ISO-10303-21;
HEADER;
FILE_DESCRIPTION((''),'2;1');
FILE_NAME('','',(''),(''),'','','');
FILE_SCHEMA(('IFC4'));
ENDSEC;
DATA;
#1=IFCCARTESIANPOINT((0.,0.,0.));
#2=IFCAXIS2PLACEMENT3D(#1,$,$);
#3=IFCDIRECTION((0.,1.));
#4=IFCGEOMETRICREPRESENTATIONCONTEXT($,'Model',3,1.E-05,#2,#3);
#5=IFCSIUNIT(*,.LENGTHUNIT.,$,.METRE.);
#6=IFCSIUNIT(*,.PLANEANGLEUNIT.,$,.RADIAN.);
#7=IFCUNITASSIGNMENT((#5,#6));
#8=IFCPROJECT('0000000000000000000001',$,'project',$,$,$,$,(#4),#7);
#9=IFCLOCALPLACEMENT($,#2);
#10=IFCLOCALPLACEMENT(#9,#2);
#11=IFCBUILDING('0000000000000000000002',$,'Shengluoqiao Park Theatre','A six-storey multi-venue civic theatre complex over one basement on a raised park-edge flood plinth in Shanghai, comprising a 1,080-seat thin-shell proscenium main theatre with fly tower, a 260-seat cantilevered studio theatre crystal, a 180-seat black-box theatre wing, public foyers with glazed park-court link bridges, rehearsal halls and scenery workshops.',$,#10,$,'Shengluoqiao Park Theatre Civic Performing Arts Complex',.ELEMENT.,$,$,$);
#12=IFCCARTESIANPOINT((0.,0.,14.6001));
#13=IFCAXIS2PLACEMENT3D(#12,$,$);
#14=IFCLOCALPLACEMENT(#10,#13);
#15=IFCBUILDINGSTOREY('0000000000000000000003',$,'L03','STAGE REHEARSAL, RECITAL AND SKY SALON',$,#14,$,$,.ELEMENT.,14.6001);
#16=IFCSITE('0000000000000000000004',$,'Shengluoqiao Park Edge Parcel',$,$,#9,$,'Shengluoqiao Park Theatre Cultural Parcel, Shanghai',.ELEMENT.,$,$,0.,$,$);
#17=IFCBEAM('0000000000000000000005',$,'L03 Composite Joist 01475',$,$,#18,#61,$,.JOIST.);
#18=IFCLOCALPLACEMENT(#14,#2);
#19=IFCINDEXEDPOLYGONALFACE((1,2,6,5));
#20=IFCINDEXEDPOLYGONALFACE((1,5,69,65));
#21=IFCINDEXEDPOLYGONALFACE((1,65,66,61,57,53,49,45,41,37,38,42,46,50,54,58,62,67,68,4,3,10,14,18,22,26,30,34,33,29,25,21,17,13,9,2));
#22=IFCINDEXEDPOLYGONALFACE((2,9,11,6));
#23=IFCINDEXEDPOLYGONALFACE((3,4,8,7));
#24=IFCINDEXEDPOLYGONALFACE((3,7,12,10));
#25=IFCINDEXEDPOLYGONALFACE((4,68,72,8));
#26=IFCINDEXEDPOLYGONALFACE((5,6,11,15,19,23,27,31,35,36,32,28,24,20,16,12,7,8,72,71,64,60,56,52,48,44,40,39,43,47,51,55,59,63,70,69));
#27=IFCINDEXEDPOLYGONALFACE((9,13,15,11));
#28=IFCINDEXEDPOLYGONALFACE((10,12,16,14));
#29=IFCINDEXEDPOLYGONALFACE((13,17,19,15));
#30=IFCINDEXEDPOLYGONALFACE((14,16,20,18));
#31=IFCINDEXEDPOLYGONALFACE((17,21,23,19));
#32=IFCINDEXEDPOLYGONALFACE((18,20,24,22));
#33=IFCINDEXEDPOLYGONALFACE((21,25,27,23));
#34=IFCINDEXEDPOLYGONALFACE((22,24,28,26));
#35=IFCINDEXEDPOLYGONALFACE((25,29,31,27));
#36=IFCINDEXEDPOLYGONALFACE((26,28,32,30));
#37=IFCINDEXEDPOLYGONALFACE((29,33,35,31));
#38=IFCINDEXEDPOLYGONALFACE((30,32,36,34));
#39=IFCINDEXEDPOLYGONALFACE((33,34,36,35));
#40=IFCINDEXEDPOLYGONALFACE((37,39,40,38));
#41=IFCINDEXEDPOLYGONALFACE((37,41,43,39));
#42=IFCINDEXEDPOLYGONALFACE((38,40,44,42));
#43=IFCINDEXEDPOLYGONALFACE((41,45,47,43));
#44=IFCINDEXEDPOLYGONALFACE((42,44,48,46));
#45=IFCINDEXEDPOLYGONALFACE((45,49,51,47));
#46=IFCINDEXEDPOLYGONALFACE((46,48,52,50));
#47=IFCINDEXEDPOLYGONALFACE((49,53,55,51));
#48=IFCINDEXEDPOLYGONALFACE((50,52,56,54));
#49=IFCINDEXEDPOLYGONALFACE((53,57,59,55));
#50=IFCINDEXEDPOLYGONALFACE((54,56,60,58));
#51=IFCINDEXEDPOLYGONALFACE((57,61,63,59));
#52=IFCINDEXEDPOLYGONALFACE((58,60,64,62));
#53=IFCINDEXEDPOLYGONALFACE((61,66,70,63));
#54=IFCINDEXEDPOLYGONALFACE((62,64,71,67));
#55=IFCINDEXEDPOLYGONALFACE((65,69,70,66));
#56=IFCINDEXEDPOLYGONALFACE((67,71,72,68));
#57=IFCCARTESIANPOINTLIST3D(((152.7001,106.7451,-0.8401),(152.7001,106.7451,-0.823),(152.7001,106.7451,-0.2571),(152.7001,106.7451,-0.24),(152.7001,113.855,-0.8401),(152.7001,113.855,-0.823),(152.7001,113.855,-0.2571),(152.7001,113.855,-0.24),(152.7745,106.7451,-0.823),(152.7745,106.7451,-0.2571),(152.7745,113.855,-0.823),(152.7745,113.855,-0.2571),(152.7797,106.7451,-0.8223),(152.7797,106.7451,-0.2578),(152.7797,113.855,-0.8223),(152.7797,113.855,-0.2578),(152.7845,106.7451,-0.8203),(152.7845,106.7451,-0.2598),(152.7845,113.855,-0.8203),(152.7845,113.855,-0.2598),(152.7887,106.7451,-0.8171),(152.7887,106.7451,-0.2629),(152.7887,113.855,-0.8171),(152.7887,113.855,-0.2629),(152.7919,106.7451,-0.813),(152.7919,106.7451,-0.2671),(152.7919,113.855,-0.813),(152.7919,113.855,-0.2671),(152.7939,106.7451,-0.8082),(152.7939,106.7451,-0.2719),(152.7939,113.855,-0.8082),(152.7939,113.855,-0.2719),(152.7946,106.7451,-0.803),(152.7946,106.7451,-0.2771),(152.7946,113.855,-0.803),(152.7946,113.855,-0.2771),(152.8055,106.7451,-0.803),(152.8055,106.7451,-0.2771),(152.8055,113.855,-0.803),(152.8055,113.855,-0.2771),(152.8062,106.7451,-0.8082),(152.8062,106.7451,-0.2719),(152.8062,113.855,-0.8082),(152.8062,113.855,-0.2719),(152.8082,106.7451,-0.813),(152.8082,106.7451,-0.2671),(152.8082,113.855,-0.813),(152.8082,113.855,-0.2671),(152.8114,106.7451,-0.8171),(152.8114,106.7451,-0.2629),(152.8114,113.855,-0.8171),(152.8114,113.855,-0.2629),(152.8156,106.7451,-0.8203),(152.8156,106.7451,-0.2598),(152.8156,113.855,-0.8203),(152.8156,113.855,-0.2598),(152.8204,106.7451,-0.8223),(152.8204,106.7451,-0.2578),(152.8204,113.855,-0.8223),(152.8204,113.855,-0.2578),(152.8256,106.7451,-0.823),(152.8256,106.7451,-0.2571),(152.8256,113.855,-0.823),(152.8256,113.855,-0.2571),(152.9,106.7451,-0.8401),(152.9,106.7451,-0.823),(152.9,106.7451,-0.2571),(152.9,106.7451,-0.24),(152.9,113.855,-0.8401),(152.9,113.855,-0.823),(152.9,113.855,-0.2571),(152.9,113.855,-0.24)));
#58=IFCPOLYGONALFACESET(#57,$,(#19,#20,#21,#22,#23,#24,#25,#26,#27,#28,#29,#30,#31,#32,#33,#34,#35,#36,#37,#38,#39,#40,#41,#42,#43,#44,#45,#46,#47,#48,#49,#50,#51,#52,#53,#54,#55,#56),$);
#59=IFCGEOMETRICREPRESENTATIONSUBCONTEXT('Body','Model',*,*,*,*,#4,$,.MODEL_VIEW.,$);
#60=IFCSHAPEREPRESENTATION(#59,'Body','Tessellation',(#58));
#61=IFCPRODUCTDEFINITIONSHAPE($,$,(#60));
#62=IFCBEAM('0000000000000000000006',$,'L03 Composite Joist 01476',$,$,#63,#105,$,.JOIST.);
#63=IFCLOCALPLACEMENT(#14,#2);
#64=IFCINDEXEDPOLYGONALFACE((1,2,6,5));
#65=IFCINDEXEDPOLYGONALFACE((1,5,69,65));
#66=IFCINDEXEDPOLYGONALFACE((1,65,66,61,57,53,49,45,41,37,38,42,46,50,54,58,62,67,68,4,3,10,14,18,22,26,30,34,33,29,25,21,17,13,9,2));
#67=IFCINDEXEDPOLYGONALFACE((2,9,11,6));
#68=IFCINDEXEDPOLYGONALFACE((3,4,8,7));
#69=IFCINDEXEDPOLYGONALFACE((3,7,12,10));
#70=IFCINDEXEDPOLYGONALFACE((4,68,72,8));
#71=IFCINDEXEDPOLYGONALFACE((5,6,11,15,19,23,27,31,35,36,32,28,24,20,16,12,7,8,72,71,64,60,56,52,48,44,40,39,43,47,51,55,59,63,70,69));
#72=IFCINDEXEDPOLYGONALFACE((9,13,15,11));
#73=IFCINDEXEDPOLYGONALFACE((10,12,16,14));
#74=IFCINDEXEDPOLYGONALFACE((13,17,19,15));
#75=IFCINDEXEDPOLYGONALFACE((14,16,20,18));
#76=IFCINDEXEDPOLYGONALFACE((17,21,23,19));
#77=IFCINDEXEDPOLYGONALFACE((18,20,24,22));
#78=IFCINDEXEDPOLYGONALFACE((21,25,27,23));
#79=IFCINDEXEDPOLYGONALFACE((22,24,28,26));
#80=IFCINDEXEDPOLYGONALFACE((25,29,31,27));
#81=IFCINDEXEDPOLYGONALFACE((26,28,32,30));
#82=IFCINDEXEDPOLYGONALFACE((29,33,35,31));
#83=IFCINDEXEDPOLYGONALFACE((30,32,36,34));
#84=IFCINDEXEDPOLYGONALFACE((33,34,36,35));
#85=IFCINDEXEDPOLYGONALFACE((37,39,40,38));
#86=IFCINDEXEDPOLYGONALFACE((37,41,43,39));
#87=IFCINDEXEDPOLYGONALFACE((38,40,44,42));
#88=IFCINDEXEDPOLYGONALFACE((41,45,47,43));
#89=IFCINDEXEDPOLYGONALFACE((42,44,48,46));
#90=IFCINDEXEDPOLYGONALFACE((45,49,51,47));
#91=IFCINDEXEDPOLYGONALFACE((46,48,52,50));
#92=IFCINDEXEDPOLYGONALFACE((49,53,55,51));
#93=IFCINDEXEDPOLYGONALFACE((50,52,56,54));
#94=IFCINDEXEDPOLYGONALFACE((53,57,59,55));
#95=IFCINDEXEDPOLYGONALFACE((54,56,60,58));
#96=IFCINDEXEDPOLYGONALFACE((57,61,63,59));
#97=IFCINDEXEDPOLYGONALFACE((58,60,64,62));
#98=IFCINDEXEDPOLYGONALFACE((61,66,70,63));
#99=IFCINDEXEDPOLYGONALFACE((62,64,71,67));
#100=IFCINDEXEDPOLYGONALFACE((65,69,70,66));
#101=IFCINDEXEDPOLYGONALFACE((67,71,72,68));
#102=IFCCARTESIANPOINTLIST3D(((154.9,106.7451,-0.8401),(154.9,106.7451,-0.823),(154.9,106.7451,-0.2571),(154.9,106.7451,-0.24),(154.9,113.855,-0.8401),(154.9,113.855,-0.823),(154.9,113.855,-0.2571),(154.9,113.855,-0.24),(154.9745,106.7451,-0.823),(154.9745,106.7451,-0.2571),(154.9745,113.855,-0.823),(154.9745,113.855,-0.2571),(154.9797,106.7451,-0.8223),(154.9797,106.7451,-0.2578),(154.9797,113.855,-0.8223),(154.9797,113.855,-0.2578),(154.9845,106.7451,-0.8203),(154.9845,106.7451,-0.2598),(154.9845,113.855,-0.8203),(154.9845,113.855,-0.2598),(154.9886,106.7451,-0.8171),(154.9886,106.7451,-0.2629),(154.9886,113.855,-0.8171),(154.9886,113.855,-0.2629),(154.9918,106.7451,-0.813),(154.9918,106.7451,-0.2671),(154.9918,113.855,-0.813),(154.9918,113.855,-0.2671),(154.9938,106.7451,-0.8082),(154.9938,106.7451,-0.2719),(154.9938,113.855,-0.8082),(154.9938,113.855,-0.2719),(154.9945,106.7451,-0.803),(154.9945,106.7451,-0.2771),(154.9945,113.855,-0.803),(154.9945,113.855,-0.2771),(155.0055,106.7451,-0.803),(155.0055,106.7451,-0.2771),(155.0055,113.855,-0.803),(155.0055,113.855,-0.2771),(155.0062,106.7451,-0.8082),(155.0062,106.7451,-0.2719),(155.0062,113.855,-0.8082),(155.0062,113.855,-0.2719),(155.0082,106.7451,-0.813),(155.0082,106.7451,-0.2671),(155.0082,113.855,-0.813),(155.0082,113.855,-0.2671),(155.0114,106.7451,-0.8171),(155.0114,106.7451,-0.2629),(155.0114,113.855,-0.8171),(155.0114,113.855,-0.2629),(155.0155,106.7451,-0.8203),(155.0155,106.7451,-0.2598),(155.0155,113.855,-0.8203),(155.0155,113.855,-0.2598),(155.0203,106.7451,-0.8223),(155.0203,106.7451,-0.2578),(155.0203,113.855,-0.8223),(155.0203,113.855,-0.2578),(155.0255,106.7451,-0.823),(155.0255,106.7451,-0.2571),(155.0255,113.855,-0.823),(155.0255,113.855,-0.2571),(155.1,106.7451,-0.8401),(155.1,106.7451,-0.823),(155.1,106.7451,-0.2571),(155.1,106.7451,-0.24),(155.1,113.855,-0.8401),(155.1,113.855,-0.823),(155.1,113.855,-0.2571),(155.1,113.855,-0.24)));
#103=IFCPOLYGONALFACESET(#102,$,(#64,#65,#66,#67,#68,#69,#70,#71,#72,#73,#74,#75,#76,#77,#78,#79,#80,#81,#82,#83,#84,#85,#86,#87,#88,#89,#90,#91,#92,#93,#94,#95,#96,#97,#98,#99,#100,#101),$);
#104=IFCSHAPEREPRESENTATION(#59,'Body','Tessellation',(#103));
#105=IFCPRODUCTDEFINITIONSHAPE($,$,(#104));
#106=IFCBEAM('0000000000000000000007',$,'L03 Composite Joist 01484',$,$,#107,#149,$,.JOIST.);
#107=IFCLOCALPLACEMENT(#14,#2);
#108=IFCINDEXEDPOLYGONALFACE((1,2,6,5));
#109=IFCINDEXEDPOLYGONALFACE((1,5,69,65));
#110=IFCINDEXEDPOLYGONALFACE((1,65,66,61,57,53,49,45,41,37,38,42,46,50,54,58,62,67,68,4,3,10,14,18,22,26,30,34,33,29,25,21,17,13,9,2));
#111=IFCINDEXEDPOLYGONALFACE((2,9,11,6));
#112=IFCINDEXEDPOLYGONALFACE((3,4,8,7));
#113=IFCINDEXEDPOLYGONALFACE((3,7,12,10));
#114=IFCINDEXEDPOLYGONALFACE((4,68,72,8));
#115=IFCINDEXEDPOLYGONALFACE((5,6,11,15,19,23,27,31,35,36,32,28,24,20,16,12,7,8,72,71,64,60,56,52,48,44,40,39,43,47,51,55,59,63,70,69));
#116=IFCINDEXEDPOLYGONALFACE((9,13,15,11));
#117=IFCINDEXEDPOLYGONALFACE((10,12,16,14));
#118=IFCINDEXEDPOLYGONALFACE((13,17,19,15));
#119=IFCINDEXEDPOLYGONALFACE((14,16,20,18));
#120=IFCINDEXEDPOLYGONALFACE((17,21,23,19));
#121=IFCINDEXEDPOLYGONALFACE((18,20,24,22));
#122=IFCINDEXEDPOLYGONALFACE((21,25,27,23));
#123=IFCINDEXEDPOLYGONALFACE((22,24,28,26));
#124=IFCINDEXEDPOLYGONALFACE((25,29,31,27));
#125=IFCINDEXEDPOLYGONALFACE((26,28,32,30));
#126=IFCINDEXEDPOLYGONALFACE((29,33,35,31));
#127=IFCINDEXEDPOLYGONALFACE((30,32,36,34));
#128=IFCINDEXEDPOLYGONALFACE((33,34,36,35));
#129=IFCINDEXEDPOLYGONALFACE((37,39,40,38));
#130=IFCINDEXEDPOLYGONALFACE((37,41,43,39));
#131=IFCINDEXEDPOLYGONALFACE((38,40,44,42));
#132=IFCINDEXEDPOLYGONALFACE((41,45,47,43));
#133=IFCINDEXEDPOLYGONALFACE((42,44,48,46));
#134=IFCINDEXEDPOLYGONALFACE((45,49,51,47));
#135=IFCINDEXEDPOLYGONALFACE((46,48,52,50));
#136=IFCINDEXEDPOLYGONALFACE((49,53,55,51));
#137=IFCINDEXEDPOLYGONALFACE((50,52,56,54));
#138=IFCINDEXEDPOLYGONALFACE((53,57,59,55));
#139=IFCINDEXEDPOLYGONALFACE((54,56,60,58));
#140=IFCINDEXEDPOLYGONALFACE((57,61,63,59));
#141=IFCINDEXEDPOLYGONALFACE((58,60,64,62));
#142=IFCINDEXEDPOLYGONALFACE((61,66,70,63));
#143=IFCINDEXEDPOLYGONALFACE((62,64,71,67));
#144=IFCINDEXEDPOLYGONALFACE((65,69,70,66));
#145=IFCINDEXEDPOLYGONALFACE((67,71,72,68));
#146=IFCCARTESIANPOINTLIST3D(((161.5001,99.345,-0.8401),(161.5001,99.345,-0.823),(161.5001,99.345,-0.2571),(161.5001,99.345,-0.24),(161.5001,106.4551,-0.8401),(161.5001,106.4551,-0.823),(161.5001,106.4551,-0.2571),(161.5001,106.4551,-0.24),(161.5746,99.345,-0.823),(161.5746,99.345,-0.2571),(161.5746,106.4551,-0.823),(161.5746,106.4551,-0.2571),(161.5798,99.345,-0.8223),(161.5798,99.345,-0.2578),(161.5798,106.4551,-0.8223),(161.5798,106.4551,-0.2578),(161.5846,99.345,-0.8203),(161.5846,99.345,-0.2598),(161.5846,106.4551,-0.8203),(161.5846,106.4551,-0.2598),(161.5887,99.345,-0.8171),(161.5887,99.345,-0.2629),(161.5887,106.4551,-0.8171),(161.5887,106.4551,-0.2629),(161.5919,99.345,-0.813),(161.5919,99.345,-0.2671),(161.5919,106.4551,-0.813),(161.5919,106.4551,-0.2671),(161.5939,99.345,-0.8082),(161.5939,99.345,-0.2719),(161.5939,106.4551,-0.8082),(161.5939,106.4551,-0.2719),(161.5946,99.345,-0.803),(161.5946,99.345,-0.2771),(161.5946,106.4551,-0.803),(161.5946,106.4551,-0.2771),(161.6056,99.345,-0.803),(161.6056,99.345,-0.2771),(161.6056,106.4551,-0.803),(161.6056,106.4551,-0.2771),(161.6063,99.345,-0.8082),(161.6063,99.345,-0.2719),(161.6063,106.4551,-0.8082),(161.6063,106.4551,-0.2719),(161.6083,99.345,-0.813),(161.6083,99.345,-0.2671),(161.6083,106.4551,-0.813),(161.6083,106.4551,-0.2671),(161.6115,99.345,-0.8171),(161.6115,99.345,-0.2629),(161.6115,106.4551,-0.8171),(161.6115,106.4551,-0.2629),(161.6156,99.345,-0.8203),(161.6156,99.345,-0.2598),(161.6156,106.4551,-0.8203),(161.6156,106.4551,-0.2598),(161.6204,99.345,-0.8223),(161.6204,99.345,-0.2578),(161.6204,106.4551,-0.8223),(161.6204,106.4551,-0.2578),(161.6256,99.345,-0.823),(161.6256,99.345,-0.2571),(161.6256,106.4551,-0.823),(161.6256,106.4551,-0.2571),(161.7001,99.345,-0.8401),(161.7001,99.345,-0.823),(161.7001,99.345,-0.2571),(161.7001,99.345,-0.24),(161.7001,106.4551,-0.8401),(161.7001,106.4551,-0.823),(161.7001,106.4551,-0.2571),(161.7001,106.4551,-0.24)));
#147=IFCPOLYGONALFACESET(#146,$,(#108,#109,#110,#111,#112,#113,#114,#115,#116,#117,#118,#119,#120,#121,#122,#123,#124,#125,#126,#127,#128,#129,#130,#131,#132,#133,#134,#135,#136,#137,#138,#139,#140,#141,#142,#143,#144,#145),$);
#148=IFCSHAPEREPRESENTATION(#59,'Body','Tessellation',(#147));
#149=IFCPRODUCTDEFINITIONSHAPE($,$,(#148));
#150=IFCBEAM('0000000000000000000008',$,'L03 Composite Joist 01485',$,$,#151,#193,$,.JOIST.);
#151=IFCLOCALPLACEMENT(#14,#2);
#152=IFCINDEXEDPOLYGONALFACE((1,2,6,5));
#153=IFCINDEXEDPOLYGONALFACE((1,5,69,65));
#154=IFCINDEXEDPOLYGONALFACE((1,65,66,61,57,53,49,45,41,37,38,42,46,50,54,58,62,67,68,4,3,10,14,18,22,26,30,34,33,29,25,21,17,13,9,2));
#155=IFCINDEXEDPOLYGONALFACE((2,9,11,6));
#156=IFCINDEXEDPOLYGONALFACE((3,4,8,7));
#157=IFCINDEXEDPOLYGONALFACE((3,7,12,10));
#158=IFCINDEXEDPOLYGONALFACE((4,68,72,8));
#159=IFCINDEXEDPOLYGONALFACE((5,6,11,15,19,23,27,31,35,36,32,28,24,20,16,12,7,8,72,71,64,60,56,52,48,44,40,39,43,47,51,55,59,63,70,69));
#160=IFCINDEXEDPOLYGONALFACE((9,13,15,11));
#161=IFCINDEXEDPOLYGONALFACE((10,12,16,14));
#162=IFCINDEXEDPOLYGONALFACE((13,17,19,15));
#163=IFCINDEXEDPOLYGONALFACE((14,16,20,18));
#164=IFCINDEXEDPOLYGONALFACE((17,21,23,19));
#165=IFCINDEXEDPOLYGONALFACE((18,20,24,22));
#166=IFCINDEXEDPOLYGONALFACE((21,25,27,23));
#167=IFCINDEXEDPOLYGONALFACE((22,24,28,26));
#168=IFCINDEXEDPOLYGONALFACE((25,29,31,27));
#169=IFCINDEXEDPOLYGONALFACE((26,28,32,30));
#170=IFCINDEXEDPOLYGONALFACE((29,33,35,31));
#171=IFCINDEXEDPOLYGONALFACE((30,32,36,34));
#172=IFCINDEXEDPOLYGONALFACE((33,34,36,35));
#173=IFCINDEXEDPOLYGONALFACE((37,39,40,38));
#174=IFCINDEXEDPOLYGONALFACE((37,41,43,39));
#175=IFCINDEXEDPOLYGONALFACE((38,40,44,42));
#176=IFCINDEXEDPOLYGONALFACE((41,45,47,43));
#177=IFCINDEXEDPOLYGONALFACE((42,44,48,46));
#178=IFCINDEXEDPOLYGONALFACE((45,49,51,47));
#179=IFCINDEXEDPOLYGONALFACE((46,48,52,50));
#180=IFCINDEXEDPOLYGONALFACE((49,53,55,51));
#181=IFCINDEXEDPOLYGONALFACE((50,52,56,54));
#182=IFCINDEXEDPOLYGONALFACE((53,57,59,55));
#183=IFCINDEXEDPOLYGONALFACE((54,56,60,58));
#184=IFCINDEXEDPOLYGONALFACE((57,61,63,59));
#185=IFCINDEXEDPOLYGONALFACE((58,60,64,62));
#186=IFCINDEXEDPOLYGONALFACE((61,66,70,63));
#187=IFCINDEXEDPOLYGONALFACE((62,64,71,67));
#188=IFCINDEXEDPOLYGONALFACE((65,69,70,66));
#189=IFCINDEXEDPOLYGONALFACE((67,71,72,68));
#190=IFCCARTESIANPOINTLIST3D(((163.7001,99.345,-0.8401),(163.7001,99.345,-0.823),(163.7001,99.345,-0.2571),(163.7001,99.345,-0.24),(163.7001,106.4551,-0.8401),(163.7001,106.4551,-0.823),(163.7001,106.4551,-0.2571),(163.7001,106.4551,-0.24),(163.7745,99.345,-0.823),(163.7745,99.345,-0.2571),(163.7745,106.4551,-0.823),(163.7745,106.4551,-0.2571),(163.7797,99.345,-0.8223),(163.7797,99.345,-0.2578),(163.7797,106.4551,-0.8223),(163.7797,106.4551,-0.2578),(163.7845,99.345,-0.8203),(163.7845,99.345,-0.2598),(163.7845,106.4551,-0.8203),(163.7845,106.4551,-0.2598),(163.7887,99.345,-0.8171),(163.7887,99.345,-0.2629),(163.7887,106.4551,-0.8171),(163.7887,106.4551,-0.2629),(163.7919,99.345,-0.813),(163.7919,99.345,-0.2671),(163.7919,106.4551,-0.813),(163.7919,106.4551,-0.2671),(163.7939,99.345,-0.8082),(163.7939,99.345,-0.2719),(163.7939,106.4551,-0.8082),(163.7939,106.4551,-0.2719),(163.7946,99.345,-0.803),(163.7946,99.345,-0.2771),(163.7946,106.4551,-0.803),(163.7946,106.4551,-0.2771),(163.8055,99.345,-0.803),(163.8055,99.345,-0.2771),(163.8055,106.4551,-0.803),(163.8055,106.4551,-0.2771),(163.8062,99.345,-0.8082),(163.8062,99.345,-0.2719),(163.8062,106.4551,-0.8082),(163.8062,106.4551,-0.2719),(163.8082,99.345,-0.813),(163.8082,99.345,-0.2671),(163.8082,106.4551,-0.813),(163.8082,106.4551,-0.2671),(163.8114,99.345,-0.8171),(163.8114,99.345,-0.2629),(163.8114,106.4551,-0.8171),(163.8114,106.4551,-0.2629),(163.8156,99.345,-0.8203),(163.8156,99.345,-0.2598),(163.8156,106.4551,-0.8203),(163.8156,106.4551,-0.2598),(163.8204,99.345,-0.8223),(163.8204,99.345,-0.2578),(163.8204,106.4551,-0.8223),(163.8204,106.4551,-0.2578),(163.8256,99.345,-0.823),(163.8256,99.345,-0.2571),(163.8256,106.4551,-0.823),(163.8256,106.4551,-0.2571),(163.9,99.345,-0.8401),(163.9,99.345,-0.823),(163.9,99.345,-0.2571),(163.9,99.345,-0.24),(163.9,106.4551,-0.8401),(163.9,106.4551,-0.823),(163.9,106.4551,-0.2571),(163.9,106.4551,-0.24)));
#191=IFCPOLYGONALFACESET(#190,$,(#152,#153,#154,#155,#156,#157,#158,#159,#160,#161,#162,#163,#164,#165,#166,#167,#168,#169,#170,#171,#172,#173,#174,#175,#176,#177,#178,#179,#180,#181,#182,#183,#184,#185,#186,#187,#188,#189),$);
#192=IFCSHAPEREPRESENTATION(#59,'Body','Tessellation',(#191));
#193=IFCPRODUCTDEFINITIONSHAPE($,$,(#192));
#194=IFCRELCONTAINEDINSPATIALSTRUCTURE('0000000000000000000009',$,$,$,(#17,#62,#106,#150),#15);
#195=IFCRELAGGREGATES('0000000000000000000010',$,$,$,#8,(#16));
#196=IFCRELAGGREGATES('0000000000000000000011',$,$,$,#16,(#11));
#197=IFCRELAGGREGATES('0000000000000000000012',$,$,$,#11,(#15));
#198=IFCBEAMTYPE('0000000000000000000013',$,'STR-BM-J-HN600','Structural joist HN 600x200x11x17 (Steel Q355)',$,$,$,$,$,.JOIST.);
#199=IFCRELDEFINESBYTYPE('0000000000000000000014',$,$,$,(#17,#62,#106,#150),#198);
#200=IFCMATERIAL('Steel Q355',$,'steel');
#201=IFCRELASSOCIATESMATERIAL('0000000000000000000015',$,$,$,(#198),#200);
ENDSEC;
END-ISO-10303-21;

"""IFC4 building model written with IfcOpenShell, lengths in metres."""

from ifc_helpers import new_model, si_unit, direction, frame, origin, origin_2d, place, context, subcontext, project, spatial, i_section, extrude, material, material_profile, profile_set, type_object, element, save


model = new_model("IFC4")

# Units and contexts
model_context = context("Model", 3, precision=1e-05, world=origin(), true_north=direction((0.0, 1.0)))
body_context = subcontext(model_context, "Body", "Model", "MODEL_VIEW")
ifc_project = project(units=[si_unit("LENGTHUNIT", "METRE"), si_unit("PLANEANGLEUNIT", "RADIAN")], contexts=[model_context])

# Site, building, storey
site_placement = place(None, origin())
site = spatial("IfcSite", under=ifc_project, at=site_placement, Name="Shengluoqiao Park Edge Parcel", LongName="Shengluoqiao Park Theatre Cultural Parcel, Shanghai", CompositionType="ELEMENT", RefElevation=0.0)
building_placement = place(site_placement, origin())
building = spatial("IfcBuilding", under=site, at=building_placement, Name="Shengluoqiao Park Theatre", Description="A six-storey multi-venue civic theatre complex over one basement on a raised park-edge flood plinth in Shanghai, comprising a 1,080-seat thin-shell proscenium main theatre with fly tower, a 260-seat cantilevered studio theatre crystal, a 180-seat black-box theatre wing, public foyers with glazed park-court link bridges, rehearsal halls and scenery workshops.", LongName="Shengluoqiao Park Theatre Civic Performing Arts Complex", CompositionType="ELEMENT")
storey_placement = place(building_placement, frame((0.0, 0.0, 14.6001)))
storey = spatial("IfcBuildingStorey", under=building, at=storey_placement, Name="L03", Description="STAGE REHEARSAL, RECITAL AND SKY SALON", CompositionType="ELEMENT", Elevation=14.6001)

# Beams
ifc_material_1 = material(Name="Steel Q355", Category="steel")
ifc_material_profile_1 = material_profile(ifc_material_1, i_section(OverallWidth=0.2, OverallDepth=0.6001, WebThickness=0.011, FlangeThickness=0.0171, FilletRadius=0.02, at=origin_2d()), Name="HN 600x200x11x17")
ifc_profile_set_1 = profile_set([ifc_material_profile_1], Name="Steel Q355")
beam_type_1 = type_object("IfcBeamType", Name="STR-BM-J-HN600", Description="Structural joist HN 600x200x11x17 (Steel Q355)", PredefinedType="JOIST", material=ifc_profile_set_1)
for number, where, z_axis, x_axis, name in (
    (1, (152.8, 106.7451, -0.54), (0.0, 1.0, 0.0), (-1.0, 0.0, 0.0), "L03 Composite Joist 01475"),
    (2, (155.0, 106.7451, -0.54), (0.0, 1.0, 0.0), (-1.0, 0.0, 0.0), "L03 Composite Joist 01476"),
):
    element("IfcBeam", number, at=place(storey_placement, frame(where, z_axis=z_axis, x_axis=x_axis)), inside=storey, type_object=beam_type_1, Name=name, PredefinedType="JOIST", context=body_context, shape_type="SweptSolid", body=[
        extrude(i_section(OverallWidth=0.2, OverallDepth=0.6001, WebThickness=0.011, FlangeThickness=0.0171, FilletRadius=0.02, at=origin_2d()), origin(), (0.0, 0.0, 1.0), 7.1099),
    ])
for number, where, z_axis, x_axis, name in (
    (3, (161.6001, 99.345, -0.54), (0.0, 1.0, 0.0), (-1.0, 0.0, 0.0), "L03 Composite Joist 01484"),
    (4, (163.8, 99.345, -0.54), (0.0, 1.0, 0.0), (-1.0, 0.0, 0.0), "L03 Composite Joist 01485"),
):
    element("IfcBeam", number, at=place(storey_placement, frame(where, z_axis=z_axis, x_axis=x_axis)), inside=storey, type_object=beam_type_1, Name=name, PredefinedType="JOIST", context=body_context, shape_type="SweptSolid", body=[
        extrude(i_section(OverallWidth=0.2, OverallDepth=0.6001, WebThickness=0.011, FlangeThickness=0.0171, FilletRadius=0.02, at=origin_2d()), origin(), (0.0, 0.0, 1.0), 7.1101),
    ])

save(model, "model.ifc")
